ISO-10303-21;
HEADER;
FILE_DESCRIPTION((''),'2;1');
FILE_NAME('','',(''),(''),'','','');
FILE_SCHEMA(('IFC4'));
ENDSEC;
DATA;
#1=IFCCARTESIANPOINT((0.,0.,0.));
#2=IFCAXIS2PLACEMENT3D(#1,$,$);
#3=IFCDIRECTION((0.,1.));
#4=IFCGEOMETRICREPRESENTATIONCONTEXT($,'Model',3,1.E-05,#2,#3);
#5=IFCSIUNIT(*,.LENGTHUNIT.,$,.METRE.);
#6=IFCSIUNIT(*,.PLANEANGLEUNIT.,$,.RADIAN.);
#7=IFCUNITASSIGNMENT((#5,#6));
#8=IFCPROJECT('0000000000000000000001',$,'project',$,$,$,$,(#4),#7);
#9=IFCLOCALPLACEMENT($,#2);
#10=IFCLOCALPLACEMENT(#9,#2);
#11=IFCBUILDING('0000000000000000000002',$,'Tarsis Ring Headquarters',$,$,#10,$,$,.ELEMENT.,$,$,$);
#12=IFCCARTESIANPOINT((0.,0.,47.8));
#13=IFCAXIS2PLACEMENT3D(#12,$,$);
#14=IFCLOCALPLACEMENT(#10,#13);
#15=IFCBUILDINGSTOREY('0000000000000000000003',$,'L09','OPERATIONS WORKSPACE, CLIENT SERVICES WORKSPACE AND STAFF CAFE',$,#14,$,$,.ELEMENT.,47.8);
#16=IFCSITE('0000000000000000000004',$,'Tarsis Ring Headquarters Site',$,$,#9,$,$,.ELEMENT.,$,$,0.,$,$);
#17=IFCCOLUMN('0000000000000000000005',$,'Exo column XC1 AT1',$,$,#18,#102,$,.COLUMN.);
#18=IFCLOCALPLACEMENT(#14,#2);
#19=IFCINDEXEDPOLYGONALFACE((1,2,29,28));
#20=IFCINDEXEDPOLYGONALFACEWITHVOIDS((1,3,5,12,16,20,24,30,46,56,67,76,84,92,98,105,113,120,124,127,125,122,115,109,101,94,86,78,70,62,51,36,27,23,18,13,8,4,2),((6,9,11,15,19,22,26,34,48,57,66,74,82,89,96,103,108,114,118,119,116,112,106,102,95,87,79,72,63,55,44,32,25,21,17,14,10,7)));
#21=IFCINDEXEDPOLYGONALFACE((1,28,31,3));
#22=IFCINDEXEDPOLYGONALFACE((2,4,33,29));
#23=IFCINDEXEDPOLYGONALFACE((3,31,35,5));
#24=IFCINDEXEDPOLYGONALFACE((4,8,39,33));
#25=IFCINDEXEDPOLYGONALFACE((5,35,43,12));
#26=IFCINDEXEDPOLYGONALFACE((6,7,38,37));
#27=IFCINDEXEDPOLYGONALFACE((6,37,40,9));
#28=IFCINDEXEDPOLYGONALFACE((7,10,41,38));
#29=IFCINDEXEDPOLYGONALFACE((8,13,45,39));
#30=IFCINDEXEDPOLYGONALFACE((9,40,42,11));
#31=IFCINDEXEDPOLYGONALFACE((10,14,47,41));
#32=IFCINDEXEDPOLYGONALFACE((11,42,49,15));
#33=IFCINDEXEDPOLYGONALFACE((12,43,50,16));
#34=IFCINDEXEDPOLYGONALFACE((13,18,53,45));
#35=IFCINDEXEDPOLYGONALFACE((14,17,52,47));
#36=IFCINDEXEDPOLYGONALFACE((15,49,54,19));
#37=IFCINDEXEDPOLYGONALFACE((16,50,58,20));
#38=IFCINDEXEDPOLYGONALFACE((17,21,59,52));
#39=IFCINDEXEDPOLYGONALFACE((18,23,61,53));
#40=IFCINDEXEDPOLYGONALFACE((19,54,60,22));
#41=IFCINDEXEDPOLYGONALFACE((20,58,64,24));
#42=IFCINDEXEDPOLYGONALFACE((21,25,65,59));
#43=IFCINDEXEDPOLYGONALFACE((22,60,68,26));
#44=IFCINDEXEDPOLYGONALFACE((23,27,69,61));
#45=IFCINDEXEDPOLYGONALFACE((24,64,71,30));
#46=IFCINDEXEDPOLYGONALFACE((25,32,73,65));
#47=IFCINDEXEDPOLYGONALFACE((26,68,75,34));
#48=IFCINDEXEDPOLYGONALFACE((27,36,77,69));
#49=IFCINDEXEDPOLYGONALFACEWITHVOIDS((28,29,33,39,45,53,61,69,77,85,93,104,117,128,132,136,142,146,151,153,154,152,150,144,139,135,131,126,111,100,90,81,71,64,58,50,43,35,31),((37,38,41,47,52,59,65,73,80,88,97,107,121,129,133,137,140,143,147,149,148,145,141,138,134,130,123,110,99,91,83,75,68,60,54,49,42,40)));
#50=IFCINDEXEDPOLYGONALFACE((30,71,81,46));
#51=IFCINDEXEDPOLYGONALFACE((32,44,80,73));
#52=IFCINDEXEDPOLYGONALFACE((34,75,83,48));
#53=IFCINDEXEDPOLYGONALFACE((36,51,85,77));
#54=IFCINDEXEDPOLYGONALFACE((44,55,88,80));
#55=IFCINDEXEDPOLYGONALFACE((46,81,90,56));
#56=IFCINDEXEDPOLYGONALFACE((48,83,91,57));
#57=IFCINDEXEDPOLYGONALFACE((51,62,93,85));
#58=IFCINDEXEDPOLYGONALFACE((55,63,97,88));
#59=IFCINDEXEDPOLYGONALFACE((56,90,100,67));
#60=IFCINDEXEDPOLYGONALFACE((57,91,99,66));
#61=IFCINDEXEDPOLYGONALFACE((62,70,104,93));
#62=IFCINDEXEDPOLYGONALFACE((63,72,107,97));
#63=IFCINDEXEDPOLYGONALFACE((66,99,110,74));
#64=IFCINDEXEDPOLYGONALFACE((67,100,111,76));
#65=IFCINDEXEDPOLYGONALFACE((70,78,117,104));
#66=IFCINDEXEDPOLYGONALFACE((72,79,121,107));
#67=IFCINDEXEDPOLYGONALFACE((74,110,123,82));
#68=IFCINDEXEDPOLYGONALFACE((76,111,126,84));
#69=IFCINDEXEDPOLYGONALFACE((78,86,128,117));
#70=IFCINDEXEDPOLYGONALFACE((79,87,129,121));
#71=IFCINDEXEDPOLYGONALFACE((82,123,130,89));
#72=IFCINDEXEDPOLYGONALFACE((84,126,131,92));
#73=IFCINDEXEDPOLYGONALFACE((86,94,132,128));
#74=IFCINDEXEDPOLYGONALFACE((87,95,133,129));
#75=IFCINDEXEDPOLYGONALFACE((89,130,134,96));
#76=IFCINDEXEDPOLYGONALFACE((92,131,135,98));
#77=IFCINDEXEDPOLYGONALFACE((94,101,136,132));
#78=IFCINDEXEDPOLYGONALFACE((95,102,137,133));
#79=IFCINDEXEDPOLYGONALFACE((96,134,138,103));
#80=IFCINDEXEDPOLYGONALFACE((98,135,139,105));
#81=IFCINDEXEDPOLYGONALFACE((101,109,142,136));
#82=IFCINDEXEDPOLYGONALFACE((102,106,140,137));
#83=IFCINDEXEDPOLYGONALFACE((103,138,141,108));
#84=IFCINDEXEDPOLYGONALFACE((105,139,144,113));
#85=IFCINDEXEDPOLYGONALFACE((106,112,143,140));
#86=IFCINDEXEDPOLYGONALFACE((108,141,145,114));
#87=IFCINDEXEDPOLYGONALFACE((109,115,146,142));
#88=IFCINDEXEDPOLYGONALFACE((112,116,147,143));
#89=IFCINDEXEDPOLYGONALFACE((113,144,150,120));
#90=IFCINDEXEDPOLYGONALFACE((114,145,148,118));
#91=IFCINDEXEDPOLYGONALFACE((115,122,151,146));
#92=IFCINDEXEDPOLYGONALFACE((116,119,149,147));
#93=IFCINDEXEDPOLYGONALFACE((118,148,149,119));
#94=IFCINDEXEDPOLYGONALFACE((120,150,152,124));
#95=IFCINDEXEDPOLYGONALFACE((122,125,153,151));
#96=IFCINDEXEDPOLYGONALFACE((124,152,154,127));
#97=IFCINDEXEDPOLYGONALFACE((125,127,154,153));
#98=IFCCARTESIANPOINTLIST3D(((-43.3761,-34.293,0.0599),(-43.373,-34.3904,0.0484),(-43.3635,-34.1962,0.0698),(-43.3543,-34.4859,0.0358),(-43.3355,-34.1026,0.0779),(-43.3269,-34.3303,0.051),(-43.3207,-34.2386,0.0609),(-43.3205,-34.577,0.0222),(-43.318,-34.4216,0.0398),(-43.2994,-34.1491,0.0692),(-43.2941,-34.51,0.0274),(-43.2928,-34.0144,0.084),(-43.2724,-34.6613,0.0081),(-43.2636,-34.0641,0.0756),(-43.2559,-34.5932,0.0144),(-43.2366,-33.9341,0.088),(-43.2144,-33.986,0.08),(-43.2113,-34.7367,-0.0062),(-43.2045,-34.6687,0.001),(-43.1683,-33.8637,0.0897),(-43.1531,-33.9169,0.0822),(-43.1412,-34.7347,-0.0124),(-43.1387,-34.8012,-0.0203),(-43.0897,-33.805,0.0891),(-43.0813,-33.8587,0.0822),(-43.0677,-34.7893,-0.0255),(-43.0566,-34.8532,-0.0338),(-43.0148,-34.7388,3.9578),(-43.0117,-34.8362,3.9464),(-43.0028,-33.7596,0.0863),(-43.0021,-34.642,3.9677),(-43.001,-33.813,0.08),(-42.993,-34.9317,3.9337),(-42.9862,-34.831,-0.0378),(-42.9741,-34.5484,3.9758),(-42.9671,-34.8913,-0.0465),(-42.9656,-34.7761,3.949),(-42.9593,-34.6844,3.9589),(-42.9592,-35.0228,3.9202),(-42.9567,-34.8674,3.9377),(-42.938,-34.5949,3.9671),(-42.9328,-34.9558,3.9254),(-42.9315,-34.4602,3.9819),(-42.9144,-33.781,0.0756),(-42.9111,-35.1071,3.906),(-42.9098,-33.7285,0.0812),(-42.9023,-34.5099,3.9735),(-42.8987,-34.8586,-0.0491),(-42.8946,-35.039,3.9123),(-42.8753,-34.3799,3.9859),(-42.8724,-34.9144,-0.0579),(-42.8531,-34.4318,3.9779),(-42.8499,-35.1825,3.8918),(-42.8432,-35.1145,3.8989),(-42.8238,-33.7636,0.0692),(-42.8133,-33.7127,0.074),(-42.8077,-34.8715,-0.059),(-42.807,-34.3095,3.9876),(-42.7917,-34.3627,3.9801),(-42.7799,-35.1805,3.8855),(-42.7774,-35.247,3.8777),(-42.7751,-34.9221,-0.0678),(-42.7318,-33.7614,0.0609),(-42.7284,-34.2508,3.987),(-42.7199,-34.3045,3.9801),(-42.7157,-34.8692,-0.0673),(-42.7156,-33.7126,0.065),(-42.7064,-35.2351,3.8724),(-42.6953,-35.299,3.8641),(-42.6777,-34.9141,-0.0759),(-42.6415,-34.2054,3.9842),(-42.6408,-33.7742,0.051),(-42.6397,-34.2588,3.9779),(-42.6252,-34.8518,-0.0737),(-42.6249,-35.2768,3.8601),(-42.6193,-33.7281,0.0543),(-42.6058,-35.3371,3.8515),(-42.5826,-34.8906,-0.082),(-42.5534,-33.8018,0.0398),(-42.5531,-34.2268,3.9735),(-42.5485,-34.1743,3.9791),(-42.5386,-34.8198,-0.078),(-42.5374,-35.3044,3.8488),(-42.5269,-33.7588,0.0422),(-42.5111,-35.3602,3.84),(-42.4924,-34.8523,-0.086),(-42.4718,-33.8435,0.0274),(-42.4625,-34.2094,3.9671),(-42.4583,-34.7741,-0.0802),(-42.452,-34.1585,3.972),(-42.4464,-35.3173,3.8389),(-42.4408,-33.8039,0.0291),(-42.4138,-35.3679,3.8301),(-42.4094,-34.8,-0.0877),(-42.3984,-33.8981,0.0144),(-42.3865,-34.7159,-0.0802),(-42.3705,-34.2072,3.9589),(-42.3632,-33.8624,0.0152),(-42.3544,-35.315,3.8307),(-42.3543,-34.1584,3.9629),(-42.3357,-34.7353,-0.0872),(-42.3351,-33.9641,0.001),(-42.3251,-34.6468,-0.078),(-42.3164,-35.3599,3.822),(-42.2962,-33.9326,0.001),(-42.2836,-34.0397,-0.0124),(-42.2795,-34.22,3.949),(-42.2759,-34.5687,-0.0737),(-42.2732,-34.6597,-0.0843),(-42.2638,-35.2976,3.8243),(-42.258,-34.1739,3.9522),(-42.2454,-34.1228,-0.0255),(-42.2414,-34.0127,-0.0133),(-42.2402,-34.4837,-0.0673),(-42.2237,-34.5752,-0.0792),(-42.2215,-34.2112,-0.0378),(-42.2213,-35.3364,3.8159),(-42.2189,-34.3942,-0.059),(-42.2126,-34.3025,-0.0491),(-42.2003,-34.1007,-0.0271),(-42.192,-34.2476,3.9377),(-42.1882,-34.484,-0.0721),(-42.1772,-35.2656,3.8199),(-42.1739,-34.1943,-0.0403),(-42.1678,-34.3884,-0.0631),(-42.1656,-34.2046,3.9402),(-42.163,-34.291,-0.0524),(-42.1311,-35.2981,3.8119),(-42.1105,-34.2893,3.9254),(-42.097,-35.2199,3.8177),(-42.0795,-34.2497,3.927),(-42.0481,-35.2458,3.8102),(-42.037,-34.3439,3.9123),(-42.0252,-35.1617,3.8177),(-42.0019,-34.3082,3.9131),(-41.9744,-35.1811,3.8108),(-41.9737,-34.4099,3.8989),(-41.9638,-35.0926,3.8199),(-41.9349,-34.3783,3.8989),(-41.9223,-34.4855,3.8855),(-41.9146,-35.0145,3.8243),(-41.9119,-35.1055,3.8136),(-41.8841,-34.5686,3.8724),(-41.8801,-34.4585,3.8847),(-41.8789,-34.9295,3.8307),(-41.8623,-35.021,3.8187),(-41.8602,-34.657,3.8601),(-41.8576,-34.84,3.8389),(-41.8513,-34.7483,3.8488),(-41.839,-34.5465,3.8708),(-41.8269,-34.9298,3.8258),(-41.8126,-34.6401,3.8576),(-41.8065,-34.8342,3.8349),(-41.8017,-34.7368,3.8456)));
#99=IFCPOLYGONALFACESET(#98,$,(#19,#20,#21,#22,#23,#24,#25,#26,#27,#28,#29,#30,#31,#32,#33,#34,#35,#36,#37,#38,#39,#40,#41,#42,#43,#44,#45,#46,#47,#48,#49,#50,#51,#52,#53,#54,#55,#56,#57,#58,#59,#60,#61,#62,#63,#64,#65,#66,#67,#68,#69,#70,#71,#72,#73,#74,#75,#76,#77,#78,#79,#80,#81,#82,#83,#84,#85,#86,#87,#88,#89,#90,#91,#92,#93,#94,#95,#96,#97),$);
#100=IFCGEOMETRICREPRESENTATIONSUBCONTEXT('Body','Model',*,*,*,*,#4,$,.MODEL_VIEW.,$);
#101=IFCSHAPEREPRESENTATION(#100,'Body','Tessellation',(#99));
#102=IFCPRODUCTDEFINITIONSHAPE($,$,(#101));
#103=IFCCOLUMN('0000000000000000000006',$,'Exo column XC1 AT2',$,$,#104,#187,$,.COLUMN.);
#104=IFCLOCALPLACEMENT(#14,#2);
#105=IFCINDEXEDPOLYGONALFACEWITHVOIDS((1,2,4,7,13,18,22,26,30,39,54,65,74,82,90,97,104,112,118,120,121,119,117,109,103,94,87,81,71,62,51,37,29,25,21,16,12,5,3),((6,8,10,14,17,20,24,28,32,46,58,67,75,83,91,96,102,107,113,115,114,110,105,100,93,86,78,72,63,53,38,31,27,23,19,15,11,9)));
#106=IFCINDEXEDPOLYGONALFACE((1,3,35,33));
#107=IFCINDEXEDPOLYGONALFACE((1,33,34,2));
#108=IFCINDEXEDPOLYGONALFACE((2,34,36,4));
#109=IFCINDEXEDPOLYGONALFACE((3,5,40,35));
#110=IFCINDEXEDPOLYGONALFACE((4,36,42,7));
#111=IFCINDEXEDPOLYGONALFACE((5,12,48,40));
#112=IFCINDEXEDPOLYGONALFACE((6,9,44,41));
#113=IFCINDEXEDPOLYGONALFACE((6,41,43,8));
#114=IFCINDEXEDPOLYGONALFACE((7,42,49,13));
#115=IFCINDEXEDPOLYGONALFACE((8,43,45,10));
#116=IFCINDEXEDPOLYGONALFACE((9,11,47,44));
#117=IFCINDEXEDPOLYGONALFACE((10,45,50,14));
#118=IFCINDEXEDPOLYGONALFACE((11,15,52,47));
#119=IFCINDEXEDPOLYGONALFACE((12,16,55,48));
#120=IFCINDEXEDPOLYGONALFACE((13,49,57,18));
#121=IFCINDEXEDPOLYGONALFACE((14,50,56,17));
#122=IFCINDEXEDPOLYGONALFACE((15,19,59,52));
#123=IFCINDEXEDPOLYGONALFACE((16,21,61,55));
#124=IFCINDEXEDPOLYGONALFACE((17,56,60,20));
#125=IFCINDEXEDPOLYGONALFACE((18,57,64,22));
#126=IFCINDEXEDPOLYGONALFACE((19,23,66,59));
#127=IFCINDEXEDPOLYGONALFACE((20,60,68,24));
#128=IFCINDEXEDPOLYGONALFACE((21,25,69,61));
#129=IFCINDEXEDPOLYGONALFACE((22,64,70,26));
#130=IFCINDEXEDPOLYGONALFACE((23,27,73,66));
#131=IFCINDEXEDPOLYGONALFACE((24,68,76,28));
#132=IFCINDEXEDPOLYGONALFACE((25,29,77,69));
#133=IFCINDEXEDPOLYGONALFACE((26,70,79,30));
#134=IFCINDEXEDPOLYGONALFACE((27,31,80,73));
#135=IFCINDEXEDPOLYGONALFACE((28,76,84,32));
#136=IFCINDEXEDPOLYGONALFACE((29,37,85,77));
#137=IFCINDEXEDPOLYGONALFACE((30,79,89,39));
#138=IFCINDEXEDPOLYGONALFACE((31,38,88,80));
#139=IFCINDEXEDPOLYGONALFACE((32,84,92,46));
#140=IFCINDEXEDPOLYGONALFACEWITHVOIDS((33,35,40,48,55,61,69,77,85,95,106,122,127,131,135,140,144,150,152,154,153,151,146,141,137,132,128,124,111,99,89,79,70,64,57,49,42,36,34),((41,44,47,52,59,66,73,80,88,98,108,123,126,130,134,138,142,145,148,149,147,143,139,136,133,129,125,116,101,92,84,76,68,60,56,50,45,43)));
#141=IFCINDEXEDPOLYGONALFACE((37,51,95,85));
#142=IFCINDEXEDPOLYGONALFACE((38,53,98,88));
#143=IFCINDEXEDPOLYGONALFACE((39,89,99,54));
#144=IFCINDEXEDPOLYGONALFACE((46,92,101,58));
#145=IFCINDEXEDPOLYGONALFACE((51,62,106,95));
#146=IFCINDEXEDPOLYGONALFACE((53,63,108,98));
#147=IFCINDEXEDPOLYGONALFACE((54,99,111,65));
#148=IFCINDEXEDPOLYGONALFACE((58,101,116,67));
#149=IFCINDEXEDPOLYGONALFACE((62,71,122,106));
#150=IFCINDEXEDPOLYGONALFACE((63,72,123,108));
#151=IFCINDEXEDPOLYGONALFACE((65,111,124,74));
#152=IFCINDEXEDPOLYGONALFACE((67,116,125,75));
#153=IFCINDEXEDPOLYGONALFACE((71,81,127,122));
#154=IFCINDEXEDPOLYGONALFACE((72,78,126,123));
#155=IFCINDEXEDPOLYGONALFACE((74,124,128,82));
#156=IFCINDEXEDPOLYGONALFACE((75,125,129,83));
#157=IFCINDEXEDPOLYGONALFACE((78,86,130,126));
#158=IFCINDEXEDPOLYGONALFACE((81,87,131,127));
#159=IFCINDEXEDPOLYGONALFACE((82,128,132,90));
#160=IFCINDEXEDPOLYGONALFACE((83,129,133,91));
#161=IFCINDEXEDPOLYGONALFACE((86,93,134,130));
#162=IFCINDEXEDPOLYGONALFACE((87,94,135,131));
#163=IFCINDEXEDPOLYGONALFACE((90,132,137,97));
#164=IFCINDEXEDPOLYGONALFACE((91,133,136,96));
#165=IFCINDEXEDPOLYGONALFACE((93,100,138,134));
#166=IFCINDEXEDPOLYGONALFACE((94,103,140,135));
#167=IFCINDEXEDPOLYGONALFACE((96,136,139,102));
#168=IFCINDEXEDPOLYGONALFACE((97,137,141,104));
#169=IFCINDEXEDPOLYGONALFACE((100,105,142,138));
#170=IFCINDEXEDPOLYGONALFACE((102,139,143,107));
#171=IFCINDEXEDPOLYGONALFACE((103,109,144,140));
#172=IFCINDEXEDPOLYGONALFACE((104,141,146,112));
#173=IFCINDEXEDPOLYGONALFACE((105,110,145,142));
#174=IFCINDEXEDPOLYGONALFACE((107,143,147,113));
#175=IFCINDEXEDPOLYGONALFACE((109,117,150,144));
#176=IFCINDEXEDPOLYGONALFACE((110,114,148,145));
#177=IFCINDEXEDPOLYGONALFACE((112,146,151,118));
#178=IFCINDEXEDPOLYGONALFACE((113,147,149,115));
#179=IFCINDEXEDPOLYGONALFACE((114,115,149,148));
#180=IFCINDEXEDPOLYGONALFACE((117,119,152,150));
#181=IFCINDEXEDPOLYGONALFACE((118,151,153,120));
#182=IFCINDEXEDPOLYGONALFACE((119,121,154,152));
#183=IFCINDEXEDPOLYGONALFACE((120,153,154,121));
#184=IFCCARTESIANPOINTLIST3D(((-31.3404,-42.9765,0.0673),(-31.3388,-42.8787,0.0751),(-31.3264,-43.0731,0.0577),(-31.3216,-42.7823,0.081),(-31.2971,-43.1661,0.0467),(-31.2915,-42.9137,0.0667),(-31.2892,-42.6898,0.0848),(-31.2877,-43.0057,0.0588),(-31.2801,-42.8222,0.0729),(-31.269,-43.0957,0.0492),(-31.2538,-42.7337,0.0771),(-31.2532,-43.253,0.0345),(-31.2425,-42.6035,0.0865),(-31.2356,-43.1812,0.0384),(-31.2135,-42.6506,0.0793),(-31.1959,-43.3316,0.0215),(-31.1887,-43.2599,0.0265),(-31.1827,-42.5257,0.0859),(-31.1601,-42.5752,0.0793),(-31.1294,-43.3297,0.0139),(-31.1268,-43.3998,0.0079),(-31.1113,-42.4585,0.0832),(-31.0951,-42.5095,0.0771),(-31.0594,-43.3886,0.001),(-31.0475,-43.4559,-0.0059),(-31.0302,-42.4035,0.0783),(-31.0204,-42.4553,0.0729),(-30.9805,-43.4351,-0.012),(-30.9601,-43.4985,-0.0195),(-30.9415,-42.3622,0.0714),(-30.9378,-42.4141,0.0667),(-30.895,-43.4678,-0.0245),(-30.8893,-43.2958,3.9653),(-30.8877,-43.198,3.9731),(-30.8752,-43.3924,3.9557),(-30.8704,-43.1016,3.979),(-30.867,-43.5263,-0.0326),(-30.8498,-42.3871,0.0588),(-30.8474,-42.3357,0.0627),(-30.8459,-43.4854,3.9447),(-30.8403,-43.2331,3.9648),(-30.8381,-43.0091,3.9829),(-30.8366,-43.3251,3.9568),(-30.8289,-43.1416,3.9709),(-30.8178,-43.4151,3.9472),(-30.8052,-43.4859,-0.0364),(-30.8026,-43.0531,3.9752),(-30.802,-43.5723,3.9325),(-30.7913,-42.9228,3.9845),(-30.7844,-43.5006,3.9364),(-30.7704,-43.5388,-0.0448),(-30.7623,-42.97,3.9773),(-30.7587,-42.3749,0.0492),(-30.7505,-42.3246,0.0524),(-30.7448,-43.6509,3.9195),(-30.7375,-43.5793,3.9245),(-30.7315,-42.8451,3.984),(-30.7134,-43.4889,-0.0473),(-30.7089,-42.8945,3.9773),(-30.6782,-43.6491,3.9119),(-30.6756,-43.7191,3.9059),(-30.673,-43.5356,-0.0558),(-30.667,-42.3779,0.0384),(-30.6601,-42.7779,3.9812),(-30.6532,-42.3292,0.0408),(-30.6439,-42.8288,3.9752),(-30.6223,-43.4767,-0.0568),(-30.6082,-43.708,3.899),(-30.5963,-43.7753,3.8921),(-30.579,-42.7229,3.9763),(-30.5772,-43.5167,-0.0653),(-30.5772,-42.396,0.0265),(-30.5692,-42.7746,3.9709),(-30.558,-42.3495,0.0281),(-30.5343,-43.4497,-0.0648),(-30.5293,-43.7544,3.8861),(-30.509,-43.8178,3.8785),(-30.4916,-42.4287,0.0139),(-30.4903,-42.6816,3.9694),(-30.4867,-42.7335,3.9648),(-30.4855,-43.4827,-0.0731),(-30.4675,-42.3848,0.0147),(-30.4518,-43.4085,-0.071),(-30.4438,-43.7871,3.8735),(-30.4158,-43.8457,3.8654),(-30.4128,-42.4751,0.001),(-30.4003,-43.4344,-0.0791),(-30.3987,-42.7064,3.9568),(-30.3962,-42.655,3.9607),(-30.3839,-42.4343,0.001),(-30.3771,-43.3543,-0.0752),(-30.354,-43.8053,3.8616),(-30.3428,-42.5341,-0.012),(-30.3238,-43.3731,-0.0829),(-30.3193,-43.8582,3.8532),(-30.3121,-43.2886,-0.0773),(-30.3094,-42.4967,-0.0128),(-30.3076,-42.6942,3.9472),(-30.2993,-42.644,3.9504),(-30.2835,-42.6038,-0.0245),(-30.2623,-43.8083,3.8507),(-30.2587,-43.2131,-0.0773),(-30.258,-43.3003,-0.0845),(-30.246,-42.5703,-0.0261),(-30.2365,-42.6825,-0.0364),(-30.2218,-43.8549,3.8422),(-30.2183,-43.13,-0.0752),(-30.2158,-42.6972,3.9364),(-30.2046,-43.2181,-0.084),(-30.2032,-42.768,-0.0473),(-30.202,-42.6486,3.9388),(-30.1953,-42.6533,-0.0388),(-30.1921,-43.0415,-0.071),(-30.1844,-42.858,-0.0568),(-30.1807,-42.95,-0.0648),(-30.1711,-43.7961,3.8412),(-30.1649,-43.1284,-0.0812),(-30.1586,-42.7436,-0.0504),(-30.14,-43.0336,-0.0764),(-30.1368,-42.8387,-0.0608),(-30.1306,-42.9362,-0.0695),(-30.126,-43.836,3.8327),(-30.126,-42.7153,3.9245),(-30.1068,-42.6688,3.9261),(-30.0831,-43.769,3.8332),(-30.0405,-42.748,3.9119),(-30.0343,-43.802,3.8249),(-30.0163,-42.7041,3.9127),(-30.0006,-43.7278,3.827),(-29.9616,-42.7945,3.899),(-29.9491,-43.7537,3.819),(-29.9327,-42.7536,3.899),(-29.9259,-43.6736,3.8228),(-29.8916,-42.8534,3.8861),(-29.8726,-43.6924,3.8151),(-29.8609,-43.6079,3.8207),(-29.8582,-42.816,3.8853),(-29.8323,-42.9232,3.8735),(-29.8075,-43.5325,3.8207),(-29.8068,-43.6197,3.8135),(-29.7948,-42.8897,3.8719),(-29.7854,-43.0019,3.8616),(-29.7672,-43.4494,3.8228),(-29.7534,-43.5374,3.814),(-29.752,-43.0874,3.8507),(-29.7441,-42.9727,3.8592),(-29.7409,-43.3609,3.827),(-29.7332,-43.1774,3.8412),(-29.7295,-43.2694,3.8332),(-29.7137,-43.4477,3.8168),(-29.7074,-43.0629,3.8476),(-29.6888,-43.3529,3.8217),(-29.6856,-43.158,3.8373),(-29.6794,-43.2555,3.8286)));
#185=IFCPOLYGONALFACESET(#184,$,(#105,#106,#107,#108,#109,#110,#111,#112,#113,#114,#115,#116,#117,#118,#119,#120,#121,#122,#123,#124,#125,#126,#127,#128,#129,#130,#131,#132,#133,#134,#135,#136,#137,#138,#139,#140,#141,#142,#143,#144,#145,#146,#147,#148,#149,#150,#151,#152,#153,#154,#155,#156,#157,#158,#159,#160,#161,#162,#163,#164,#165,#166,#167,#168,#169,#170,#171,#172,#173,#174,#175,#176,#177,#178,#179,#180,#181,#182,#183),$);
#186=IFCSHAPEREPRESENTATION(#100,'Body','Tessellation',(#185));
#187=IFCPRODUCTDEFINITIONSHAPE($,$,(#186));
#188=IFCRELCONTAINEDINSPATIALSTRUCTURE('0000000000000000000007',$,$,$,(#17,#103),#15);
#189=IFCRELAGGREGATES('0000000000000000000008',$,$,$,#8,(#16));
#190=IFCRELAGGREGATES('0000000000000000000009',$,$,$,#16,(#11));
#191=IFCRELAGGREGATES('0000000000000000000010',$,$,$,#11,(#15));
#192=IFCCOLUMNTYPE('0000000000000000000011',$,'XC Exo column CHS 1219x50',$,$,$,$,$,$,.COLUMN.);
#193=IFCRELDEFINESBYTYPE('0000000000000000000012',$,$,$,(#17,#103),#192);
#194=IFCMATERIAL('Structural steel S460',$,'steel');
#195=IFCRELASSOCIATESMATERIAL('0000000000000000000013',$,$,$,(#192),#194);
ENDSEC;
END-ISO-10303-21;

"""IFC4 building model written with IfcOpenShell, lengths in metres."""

from ifc_helpers import new_model, si_unit, direction, frame, origin, origin_2d, place, context, subcontext, project, spatial, hollow_circle, extrude, material, material_profile, profile_set, type_object, element, save


model = new_model("IFC4")

# Units and contexts
model_context = context("Model", 3, precision=1e-05, world=origin(), true_north=direction((0.0, 1.0)))
body_context = subcontext(model_context, "Body", "Model", "MODEL_VIEW")
ifc_project = project(units=[si_unit("LENGTHUNIT", "METRE"), si_unit("PLANEANGLEUNIT", "RADIAN")], contexts=[model_context])

# Site, building, storey
site_placement = place(None, origin())
site = spatial("IfcSite", under=ifc_project, at=site_placement, Name="Tarsis Ring Headquarters Site", CompositionType="ELEMENT", RefElevation=0.0)
building_placement = place(site_placement, origin())
building = spatial("IfcBuilding", under=site, at=building_placement, Name="Tarsis Ring Headquarters", CompositionType="ELEMENT")
storey_placement = place(building_placement, frame((0.0, 0.0, 47.8)))
storey = spatial("IfcBuildingStorey", under=building, at=storey_placement, Name="L09", Description="OPERATIONS WORKSPACE, CLIENT SERVICES WORKSPACE AND STAFF CAFE", CompositionType="ELEMENT", Elevation=47.8)

# Columns
ifc_material_1 = material(Name="Structural steel S460", Category="steel")
ifc_material_profile_1 = material_profile(ifc_material_1, hollow_circle(Radius=0.6096, WallThickness=0.05, at=origin_2d()), Name="CHS 1219x50")
ifc_profile_set_1 = profile_set([ifc_material_profile_1], Name="Structural steel S460")
column_type = type_object("IfcColumnType", Name="XC Exo column CHS 1219x50", PredefinedType="COLUMN", material=ifc_profile_set_1)
column_1_placement = place(storey_placement, frame((-42.7698, -34.3164, 0.001), z_axis=(0.091709, -0.113148, 0.989337), x_axis=(0.776868, 0.629663, 0.0)))
element("IfcColumn", 1, at=column_1_placement, inside=storey, type_object=column_type, Name="Exo column XC1 AT1", PredefinedType="COLUMN", context=body_context, shape_type="SweptSolid", body=[
    extrude(hollow_circle(Radius=0.6096, WallThickness=0.05, at=origin_2d()), origin(), (0.0, 0.0, 1.0), 3.9399),
])
column_2_placement = place(storey_placement, frame((-30.7361, -42.9319, 0.001), z_axis=(0.114599, -0.081113, 0.990095), x_axis=(0.577723, 0.816233, 0.0)))
element("IfcColumn", 2, at=column_2_placement, inside=storey, type_object=column_type, Name="Exo column XC1 AT2", PredefinedType="COLUMN", context=body_context, shape_type="SweptSolid", body=[
    extrude(hollow_circle(Radius=0.6096, WallThickness=0.05, at=origin_2d()), origin(), (0.0, 0.0, 1.0), 3.937),
])

save(model, "model.ifc")
